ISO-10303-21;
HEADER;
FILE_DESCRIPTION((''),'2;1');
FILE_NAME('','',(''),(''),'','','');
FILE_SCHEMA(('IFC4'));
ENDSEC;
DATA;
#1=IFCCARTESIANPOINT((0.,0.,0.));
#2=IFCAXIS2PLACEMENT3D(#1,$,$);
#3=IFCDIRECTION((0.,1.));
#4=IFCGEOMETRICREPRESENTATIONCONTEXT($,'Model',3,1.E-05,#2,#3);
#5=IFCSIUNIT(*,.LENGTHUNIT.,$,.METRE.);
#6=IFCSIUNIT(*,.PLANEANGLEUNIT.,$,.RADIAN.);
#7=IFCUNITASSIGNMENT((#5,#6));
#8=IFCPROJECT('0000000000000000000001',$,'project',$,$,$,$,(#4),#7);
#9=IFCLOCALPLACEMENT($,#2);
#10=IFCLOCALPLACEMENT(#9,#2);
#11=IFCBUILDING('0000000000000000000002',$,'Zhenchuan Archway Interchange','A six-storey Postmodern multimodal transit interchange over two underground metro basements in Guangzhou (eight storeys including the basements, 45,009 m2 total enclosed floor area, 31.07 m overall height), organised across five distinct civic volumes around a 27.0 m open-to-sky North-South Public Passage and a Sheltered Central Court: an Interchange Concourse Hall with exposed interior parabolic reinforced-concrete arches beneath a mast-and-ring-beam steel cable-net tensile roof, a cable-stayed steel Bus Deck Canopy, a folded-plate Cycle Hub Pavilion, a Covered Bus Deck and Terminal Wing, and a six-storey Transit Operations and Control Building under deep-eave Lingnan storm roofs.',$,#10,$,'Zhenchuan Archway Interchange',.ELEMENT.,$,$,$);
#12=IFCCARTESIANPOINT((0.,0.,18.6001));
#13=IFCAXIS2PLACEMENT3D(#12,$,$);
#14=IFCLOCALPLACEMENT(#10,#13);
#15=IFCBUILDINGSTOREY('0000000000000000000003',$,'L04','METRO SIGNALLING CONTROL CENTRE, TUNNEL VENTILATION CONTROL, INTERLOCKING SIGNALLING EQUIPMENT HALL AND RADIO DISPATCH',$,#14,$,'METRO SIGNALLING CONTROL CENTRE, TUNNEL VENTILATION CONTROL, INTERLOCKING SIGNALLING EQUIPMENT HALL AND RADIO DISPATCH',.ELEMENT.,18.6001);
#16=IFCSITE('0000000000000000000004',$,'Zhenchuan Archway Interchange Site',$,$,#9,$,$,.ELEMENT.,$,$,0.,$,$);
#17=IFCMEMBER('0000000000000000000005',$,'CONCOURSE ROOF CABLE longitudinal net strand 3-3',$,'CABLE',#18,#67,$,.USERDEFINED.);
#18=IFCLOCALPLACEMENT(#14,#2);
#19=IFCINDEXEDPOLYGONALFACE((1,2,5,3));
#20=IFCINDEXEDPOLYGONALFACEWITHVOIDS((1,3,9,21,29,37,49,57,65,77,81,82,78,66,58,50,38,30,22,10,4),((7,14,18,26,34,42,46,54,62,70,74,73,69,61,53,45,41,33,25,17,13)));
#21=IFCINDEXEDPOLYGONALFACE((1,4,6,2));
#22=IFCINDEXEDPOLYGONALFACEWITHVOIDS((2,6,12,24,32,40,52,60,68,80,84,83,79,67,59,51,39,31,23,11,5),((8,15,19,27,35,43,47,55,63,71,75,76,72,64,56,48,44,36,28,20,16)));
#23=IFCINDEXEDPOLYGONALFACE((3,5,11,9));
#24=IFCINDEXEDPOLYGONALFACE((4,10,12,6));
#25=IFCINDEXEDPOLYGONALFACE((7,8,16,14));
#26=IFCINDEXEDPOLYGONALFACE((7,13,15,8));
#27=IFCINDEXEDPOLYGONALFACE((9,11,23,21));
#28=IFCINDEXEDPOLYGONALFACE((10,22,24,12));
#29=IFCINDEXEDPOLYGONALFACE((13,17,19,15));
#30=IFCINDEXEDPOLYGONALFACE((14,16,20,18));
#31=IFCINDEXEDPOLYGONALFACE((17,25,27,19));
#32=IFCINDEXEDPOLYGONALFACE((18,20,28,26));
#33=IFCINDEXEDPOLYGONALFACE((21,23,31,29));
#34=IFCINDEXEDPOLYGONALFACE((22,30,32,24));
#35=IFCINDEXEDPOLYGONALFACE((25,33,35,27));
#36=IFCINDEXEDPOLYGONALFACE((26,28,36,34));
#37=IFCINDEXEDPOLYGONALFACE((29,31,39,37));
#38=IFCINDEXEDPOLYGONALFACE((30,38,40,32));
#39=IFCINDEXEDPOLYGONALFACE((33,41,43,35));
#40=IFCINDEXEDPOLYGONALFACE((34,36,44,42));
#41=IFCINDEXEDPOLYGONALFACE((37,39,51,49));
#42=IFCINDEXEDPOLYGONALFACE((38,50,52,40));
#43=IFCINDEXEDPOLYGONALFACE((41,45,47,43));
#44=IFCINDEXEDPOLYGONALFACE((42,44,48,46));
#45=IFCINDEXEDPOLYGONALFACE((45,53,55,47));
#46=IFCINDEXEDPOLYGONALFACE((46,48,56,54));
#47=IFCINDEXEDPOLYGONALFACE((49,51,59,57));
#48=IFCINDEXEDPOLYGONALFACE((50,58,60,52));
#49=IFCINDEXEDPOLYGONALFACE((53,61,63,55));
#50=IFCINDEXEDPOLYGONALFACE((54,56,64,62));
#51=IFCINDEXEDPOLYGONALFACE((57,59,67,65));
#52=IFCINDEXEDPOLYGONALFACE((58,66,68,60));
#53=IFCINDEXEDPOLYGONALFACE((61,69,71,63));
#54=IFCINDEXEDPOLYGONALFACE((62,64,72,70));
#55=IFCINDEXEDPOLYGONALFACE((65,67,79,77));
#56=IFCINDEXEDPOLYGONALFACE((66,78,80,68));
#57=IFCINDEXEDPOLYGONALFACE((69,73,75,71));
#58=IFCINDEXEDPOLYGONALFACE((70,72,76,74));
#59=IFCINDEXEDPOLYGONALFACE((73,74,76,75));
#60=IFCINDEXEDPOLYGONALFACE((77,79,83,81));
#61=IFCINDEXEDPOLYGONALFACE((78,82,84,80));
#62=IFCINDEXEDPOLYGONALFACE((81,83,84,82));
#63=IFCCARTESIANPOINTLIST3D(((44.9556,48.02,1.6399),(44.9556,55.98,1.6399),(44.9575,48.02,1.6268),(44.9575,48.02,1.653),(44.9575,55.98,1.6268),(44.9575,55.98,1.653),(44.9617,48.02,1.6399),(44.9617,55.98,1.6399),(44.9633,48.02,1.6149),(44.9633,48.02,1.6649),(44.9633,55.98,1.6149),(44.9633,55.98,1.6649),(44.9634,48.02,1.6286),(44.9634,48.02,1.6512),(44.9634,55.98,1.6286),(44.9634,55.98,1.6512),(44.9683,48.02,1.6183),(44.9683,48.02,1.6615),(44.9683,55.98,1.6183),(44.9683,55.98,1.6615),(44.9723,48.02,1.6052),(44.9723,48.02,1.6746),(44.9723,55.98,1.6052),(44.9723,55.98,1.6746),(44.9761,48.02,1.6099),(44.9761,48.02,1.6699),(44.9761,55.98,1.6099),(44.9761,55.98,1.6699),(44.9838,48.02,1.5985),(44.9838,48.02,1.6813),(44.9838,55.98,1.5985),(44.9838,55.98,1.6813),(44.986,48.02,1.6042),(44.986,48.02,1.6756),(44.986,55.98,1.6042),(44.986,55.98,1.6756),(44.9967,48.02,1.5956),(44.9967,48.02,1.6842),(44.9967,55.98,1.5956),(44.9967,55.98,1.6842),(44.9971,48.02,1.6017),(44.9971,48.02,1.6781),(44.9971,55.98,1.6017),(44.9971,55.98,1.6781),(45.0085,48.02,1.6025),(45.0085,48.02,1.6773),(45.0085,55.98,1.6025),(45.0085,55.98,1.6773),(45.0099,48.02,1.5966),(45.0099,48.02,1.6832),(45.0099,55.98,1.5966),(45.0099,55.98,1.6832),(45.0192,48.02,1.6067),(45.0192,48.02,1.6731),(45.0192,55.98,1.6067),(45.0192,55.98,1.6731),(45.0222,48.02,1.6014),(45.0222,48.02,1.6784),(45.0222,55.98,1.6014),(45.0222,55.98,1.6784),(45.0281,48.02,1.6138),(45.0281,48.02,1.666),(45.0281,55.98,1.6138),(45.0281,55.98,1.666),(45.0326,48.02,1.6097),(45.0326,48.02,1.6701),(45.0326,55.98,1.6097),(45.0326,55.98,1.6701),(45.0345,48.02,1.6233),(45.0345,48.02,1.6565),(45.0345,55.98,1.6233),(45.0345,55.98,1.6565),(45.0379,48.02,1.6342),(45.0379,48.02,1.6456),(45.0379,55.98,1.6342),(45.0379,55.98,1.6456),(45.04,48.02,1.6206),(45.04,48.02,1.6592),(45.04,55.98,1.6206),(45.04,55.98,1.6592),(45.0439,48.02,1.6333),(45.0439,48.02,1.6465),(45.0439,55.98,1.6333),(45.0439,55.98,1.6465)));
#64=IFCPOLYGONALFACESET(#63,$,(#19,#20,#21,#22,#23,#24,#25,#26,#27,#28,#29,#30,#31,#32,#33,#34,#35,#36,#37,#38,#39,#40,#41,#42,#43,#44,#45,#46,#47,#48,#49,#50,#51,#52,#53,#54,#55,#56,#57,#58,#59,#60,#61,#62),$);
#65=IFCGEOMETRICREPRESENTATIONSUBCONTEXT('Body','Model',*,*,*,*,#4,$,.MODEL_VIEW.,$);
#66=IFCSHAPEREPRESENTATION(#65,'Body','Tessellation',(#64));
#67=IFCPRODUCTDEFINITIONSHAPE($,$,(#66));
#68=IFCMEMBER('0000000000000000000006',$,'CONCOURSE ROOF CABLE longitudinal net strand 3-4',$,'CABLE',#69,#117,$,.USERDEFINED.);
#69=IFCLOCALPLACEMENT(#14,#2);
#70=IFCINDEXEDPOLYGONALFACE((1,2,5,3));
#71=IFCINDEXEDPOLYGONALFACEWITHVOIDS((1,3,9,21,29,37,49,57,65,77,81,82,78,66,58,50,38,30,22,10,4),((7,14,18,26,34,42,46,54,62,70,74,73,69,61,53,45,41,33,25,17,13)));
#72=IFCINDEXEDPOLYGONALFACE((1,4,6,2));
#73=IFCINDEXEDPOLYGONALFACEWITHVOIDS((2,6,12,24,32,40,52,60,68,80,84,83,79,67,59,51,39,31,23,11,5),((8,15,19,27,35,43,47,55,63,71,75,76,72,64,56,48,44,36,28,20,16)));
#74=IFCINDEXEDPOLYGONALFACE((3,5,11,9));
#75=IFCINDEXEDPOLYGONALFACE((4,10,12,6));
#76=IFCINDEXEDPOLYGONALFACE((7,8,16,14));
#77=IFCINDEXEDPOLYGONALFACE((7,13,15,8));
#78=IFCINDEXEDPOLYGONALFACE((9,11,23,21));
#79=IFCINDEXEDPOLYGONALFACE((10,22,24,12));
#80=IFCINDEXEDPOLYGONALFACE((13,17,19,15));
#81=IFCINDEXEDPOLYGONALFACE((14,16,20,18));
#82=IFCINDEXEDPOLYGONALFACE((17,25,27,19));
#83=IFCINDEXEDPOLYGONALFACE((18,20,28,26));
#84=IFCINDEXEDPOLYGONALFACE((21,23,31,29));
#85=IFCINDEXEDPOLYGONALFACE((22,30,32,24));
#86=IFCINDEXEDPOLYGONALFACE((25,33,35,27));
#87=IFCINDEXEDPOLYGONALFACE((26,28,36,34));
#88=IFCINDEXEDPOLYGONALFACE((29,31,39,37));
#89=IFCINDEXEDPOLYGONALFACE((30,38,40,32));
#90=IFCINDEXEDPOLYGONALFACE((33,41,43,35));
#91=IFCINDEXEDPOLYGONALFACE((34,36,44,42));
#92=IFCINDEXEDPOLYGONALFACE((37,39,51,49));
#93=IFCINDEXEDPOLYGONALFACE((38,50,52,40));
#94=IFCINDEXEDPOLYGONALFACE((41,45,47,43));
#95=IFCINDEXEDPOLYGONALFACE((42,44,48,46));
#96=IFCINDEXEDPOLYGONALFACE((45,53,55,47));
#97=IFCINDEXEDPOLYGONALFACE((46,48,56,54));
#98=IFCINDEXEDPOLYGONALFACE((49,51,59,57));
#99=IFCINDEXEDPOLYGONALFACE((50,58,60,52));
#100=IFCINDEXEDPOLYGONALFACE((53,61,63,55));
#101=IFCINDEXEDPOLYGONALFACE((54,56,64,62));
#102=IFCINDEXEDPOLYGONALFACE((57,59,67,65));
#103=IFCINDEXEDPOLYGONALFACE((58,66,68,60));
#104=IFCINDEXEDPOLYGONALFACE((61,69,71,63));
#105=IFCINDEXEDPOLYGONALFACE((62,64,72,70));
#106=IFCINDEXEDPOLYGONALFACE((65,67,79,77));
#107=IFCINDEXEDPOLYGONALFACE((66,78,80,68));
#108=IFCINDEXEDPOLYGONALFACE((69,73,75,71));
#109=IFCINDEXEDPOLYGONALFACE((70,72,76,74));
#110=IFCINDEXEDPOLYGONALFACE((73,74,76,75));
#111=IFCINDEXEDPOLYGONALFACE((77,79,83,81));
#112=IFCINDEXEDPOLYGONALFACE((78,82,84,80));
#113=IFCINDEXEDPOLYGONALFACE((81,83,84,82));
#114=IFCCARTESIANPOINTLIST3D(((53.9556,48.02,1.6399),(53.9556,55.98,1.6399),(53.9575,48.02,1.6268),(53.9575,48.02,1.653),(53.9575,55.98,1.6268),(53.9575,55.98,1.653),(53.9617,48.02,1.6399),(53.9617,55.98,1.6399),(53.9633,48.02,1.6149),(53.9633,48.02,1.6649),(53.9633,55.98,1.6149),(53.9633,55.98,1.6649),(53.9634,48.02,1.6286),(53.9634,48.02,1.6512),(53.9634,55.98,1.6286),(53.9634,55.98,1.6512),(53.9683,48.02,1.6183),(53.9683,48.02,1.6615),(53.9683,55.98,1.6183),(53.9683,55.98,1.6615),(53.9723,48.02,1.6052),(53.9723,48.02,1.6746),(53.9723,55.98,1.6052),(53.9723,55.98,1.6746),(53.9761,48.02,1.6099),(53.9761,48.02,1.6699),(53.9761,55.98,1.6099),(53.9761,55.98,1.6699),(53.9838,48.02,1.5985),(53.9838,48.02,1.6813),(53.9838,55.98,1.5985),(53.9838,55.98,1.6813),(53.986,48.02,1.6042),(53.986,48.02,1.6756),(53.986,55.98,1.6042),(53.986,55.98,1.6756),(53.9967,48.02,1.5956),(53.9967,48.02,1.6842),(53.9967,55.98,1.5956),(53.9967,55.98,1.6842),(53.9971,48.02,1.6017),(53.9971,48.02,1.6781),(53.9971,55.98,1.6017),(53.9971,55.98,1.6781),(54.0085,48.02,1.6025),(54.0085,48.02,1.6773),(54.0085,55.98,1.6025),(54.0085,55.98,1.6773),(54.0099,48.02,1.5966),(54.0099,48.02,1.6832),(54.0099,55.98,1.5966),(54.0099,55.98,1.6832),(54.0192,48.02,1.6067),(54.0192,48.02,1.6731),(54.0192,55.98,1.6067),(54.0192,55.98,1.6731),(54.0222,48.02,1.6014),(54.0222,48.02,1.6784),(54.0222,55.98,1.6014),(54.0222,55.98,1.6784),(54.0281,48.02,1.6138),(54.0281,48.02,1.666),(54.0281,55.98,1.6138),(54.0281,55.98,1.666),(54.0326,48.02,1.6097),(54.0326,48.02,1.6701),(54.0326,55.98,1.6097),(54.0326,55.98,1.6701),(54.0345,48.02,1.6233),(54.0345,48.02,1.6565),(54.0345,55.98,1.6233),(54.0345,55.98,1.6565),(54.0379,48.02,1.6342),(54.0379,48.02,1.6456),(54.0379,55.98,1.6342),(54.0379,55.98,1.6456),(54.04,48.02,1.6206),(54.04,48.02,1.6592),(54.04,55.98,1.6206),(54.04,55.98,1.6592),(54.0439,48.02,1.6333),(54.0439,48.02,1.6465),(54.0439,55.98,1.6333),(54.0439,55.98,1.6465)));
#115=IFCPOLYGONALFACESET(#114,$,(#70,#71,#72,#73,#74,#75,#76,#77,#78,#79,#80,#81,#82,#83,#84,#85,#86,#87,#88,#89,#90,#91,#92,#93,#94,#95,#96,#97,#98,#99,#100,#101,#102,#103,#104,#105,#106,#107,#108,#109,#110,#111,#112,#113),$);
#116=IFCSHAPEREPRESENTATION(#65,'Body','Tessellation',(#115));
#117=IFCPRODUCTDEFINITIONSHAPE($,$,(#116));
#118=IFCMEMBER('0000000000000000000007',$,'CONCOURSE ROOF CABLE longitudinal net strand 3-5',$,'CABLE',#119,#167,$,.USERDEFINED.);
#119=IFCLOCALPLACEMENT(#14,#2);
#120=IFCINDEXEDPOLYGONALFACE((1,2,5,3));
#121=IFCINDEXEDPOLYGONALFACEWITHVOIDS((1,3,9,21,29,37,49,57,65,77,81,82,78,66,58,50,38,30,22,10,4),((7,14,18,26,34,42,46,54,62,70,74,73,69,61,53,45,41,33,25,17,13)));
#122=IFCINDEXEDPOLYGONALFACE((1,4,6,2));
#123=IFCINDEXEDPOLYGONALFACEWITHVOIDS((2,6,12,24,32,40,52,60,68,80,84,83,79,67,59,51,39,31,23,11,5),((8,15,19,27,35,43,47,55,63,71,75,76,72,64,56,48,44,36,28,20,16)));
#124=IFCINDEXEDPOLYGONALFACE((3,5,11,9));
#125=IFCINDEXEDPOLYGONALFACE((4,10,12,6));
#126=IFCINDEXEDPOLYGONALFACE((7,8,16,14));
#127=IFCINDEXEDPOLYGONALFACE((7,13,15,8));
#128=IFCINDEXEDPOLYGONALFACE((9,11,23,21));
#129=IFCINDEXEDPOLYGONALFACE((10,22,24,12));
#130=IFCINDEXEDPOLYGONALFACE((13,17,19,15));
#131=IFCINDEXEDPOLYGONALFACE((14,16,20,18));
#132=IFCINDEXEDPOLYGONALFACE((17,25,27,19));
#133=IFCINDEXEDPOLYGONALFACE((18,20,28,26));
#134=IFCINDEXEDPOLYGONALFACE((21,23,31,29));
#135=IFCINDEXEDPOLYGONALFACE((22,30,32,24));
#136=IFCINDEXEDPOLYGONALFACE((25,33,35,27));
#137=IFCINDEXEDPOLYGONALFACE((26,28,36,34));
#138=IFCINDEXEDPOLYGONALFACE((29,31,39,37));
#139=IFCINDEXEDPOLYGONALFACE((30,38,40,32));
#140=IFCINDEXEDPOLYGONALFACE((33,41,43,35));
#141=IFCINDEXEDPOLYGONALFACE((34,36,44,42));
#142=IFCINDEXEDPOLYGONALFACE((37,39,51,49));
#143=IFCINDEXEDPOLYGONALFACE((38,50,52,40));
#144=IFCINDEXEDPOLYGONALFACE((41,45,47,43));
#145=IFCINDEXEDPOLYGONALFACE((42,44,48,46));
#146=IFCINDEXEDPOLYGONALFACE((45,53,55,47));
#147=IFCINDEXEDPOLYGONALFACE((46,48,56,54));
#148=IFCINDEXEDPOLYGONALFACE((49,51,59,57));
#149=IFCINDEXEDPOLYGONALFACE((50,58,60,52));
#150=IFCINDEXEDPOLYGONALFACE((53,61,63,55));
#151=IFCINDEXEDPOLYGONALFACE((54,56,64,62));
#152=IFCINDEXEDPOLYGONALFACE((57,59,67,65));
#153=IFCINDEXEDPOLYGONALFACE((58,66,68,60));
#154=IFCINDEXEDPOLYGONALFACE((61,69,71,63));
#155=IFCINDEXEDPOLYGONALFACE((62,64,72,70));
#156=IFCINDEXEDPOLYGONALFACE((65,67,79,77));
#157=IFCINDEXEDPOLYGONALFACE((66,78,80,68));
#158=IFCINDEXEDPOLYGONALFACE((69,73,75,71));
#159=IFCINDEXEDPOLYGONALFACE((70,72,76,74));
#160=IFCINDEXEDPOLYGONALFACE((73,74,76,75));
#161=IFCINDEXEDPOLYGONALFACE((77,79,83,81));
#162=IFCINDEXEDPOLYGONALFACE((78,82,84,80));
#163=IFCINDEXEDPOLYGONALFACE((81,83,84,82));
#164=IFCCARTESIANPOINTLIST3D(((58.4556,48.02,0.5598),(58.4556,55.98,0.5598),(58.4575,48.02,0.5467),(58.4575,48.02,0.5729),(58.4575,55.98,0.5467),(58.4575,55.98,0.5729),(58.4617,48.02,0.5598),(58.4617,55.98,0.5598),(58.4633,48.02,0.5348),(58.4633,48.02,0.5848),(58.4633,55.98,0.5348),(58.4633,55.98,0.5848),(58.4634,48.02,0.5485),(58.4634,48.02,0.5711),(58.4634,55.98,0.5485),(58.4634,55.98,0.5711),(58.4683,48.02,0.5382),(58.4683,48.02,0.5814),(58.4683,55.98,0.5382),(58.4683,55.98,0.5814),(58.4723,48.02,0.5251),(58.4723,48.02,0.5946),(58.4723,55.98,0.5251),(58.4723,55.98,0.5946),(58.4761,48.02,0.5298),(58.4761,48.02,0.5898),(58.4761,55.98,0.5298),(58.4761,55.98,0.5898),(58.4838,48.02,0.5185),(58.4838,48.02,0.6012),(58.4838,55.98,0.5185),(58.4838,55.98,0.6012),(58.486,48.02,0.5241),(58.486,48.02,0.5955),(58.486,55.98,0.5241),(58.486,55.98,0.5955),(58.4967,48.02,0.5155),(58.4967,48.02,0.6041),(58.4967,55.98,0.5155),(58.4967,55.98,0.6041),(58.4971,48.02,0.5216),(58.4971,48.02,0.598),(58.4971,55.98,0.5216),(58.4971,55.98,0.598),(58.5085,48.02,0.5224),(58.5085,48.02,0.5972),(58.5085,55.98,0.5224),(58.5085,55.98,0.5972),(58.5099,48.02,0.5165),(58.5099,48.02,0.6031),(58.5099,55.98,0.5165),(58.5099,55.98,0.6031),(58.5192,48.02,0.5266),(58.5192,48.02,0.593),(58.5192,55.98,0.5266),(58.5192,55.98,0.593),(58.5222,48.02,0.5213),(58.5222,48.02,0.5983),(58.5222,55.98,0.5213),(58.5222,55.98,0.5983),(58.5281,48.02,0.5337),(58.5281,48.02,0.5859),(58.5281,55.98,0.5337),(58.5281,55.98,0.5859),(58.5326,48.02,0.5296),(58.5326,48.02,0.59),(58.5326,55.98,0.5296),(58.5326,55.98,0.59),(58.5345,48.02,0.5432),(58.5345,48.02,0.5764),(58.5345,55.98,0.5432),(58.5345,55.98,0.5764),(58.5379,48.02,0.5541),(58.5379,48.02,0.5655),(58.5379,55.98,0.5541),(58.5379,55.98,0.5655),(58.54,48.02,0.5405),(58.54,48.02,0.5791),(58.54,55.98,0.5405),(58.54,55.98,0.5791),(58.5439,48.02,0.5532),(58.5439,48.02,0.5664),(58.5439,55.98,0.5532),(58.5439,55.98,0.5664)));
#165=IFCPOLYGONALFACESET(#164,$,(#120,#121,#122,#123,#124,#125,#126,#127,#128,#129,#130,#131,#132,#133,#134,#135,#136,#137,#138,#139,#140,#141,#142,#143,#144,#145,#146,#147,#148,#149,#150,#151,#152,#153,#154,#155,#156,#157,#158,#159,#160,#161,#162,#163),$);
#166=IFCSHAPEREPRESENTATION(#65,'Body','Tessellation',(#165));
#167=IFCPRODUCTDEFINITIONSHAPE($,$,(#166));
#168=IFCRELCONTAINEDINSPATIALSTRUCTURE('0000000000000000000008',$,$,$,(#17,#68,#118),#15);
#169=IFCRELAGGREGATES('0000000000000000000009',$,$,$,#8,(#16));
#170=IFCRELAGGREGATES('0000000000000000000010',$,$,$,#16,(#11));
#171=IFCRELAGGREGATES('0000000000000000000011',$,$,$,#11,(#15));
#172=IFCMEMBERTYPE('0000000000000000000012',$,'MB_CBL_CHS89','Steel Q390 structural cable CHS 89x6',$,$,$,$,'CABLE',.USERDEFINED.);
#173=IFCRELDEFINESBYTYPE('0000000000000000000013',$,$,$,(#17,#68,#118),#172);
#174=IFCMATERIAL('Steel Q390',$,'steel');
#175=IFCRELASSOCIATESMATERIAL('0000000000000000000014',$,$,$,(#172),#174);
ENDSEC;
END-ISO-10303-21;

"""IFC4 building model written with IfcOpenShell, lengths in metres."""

from ifc_helpers import new_model, si_unit, direction, frame, origin, origin_2d, place, context, subcontext, project, spatial, hollow_circle, extrude, material, material_profile, profile_set, type_object, element, save


model = new_model("IFC4")

# Units and contexts
model_context = context("Model", 3, precision=1e-05, world=origin(), true_north=direction((0.0, 1.0)))
body_context = subcontext(model_context, "Body", "Model", "MODEL_VIEW")
ifc_project = project(units=[si_unit("LENGTHUNIT", "METRE"), si_unit("PLANEANGLEUNIT", "RADIAN")], contexts=[model_context])

# Site, building, storey
site_placement = place(None, origin())
site = spatial("IfcSite", under=ifc_project, at=site_placement, Name="Zhenchuan Archway Interchange Site", CompositionType="ELEMENT", RefElevation=0.0)
building_placement = place(site_placement, origin())
building = spatial("IfcBuilding", under=site, at=building_placement, Name="Zhenchuan Archway Interchange", Description="A six-storey Postmodern multimodal transit interchange over two underground metro basements in Guangzhou (eight storeys including the basements, 45,009 m2 total enclosed floor area, 31.07 m overall height), organised across five distinct civic volumes around a 27.0 m open-to-sky North-South Public Passage and a Sheltered Central Court: an Interchange Concourse Hall with exposed interior parabolic reinforced-concrete arches beneath a mast-and-ring-beam steel cable-net tensile roof, a cable-stayed steel Bus Deck Canopy, a folded-plate Cycle Hub Pavilion, a Covered Bus Deck and Terminal Wing, and a six-storey Transit Operations and Control Building under deep-eave Lingnan storm roofs.", LongName="Zhenchuan Archway Interchange", CompositionType="ELEMENT")
storey_placement = place(building_placement, frame((0.0, 0.0, 18.6001)))
storey = spatial("IfcBuildingStorey", under=building, at=storey_placement, Name="L04", Description="METRO SIGNALLING CONTROL CENTRE, TUNNEL VENTILATION CONTROL, INTERLOCKING SIGNALLING EQUIPMENT HALL AND RADIO DISPATCH", LongName="METRO SIGNALLING CONTROL CENTRE, TUNNEL VENTILATION CONTROL, INTERLOCKING SIGNALLING EQUIPMENT HALL AND RADIO DISPATCH", CompositionType="ELEMENT", Elevation=18.6001)

# Shared definitions
ifc_material_1 = material(Name="Steel Q390", Category="steel")

# Members
ifc_material_profile_1 = material_profile(ifc_material_1, hollow_circle(Radius=0.0444, WallThickness=0.0061, at=origin_2d()), Name="CHS 89x6")
ifc_profile_set_1 = profile_set([ifc_material_profile_1], Name="Steel Q390")
member_type_1 = type_object("IfcMemberType", Name="MB_CBL_CHS89", Description="Steel Q390 structural cable CHS 89x6", ElementType="CABLE", PredefinedType="USERDEFINED", material=ifc_profile_set_1)
for number, where, z_axis, x_axis, name in (
    (1, (45.0, 48.02, 1.6399), (0.0, 1.0, 0.0), (-1.0, 0.0, 0.0), "CONCOURSE ROOF CABLE longitudinal net strand 3-3"),
    (2, (54.0, 48.02, 1.6399), (0.0, 1.0, 0.0), (-1.0, 0.0, 0.0), "CONCOURSE ROOF CABLE longitudinal net strand 3-4"),
    (3, (58.5, 48.02, 0.5598), (0.0, 1.0, 0.0), (-1.0, 0.0, 0.0), "CONCOURSE ROOF CABLE longitudinal net strand 3-5"),
):
    element("IfcMember", number, at=place(storey_placement, frame(where, z_axis=z_axis, x_axis=x_axis)), inside=storey, type_object=member_type_1, Name=name, ObjectType="CABLE", PredefinedType="USERDEFINED", context=body_context, shape_type="SweptSolid", body=[
        extrude(hollow_circle(Radius=0.0444, WallThickness=0.0061, at=origin_2d()), origin(), (0.0, 0.0, 1.0), 7.96),
    ])

save(model, "model.ifc")
